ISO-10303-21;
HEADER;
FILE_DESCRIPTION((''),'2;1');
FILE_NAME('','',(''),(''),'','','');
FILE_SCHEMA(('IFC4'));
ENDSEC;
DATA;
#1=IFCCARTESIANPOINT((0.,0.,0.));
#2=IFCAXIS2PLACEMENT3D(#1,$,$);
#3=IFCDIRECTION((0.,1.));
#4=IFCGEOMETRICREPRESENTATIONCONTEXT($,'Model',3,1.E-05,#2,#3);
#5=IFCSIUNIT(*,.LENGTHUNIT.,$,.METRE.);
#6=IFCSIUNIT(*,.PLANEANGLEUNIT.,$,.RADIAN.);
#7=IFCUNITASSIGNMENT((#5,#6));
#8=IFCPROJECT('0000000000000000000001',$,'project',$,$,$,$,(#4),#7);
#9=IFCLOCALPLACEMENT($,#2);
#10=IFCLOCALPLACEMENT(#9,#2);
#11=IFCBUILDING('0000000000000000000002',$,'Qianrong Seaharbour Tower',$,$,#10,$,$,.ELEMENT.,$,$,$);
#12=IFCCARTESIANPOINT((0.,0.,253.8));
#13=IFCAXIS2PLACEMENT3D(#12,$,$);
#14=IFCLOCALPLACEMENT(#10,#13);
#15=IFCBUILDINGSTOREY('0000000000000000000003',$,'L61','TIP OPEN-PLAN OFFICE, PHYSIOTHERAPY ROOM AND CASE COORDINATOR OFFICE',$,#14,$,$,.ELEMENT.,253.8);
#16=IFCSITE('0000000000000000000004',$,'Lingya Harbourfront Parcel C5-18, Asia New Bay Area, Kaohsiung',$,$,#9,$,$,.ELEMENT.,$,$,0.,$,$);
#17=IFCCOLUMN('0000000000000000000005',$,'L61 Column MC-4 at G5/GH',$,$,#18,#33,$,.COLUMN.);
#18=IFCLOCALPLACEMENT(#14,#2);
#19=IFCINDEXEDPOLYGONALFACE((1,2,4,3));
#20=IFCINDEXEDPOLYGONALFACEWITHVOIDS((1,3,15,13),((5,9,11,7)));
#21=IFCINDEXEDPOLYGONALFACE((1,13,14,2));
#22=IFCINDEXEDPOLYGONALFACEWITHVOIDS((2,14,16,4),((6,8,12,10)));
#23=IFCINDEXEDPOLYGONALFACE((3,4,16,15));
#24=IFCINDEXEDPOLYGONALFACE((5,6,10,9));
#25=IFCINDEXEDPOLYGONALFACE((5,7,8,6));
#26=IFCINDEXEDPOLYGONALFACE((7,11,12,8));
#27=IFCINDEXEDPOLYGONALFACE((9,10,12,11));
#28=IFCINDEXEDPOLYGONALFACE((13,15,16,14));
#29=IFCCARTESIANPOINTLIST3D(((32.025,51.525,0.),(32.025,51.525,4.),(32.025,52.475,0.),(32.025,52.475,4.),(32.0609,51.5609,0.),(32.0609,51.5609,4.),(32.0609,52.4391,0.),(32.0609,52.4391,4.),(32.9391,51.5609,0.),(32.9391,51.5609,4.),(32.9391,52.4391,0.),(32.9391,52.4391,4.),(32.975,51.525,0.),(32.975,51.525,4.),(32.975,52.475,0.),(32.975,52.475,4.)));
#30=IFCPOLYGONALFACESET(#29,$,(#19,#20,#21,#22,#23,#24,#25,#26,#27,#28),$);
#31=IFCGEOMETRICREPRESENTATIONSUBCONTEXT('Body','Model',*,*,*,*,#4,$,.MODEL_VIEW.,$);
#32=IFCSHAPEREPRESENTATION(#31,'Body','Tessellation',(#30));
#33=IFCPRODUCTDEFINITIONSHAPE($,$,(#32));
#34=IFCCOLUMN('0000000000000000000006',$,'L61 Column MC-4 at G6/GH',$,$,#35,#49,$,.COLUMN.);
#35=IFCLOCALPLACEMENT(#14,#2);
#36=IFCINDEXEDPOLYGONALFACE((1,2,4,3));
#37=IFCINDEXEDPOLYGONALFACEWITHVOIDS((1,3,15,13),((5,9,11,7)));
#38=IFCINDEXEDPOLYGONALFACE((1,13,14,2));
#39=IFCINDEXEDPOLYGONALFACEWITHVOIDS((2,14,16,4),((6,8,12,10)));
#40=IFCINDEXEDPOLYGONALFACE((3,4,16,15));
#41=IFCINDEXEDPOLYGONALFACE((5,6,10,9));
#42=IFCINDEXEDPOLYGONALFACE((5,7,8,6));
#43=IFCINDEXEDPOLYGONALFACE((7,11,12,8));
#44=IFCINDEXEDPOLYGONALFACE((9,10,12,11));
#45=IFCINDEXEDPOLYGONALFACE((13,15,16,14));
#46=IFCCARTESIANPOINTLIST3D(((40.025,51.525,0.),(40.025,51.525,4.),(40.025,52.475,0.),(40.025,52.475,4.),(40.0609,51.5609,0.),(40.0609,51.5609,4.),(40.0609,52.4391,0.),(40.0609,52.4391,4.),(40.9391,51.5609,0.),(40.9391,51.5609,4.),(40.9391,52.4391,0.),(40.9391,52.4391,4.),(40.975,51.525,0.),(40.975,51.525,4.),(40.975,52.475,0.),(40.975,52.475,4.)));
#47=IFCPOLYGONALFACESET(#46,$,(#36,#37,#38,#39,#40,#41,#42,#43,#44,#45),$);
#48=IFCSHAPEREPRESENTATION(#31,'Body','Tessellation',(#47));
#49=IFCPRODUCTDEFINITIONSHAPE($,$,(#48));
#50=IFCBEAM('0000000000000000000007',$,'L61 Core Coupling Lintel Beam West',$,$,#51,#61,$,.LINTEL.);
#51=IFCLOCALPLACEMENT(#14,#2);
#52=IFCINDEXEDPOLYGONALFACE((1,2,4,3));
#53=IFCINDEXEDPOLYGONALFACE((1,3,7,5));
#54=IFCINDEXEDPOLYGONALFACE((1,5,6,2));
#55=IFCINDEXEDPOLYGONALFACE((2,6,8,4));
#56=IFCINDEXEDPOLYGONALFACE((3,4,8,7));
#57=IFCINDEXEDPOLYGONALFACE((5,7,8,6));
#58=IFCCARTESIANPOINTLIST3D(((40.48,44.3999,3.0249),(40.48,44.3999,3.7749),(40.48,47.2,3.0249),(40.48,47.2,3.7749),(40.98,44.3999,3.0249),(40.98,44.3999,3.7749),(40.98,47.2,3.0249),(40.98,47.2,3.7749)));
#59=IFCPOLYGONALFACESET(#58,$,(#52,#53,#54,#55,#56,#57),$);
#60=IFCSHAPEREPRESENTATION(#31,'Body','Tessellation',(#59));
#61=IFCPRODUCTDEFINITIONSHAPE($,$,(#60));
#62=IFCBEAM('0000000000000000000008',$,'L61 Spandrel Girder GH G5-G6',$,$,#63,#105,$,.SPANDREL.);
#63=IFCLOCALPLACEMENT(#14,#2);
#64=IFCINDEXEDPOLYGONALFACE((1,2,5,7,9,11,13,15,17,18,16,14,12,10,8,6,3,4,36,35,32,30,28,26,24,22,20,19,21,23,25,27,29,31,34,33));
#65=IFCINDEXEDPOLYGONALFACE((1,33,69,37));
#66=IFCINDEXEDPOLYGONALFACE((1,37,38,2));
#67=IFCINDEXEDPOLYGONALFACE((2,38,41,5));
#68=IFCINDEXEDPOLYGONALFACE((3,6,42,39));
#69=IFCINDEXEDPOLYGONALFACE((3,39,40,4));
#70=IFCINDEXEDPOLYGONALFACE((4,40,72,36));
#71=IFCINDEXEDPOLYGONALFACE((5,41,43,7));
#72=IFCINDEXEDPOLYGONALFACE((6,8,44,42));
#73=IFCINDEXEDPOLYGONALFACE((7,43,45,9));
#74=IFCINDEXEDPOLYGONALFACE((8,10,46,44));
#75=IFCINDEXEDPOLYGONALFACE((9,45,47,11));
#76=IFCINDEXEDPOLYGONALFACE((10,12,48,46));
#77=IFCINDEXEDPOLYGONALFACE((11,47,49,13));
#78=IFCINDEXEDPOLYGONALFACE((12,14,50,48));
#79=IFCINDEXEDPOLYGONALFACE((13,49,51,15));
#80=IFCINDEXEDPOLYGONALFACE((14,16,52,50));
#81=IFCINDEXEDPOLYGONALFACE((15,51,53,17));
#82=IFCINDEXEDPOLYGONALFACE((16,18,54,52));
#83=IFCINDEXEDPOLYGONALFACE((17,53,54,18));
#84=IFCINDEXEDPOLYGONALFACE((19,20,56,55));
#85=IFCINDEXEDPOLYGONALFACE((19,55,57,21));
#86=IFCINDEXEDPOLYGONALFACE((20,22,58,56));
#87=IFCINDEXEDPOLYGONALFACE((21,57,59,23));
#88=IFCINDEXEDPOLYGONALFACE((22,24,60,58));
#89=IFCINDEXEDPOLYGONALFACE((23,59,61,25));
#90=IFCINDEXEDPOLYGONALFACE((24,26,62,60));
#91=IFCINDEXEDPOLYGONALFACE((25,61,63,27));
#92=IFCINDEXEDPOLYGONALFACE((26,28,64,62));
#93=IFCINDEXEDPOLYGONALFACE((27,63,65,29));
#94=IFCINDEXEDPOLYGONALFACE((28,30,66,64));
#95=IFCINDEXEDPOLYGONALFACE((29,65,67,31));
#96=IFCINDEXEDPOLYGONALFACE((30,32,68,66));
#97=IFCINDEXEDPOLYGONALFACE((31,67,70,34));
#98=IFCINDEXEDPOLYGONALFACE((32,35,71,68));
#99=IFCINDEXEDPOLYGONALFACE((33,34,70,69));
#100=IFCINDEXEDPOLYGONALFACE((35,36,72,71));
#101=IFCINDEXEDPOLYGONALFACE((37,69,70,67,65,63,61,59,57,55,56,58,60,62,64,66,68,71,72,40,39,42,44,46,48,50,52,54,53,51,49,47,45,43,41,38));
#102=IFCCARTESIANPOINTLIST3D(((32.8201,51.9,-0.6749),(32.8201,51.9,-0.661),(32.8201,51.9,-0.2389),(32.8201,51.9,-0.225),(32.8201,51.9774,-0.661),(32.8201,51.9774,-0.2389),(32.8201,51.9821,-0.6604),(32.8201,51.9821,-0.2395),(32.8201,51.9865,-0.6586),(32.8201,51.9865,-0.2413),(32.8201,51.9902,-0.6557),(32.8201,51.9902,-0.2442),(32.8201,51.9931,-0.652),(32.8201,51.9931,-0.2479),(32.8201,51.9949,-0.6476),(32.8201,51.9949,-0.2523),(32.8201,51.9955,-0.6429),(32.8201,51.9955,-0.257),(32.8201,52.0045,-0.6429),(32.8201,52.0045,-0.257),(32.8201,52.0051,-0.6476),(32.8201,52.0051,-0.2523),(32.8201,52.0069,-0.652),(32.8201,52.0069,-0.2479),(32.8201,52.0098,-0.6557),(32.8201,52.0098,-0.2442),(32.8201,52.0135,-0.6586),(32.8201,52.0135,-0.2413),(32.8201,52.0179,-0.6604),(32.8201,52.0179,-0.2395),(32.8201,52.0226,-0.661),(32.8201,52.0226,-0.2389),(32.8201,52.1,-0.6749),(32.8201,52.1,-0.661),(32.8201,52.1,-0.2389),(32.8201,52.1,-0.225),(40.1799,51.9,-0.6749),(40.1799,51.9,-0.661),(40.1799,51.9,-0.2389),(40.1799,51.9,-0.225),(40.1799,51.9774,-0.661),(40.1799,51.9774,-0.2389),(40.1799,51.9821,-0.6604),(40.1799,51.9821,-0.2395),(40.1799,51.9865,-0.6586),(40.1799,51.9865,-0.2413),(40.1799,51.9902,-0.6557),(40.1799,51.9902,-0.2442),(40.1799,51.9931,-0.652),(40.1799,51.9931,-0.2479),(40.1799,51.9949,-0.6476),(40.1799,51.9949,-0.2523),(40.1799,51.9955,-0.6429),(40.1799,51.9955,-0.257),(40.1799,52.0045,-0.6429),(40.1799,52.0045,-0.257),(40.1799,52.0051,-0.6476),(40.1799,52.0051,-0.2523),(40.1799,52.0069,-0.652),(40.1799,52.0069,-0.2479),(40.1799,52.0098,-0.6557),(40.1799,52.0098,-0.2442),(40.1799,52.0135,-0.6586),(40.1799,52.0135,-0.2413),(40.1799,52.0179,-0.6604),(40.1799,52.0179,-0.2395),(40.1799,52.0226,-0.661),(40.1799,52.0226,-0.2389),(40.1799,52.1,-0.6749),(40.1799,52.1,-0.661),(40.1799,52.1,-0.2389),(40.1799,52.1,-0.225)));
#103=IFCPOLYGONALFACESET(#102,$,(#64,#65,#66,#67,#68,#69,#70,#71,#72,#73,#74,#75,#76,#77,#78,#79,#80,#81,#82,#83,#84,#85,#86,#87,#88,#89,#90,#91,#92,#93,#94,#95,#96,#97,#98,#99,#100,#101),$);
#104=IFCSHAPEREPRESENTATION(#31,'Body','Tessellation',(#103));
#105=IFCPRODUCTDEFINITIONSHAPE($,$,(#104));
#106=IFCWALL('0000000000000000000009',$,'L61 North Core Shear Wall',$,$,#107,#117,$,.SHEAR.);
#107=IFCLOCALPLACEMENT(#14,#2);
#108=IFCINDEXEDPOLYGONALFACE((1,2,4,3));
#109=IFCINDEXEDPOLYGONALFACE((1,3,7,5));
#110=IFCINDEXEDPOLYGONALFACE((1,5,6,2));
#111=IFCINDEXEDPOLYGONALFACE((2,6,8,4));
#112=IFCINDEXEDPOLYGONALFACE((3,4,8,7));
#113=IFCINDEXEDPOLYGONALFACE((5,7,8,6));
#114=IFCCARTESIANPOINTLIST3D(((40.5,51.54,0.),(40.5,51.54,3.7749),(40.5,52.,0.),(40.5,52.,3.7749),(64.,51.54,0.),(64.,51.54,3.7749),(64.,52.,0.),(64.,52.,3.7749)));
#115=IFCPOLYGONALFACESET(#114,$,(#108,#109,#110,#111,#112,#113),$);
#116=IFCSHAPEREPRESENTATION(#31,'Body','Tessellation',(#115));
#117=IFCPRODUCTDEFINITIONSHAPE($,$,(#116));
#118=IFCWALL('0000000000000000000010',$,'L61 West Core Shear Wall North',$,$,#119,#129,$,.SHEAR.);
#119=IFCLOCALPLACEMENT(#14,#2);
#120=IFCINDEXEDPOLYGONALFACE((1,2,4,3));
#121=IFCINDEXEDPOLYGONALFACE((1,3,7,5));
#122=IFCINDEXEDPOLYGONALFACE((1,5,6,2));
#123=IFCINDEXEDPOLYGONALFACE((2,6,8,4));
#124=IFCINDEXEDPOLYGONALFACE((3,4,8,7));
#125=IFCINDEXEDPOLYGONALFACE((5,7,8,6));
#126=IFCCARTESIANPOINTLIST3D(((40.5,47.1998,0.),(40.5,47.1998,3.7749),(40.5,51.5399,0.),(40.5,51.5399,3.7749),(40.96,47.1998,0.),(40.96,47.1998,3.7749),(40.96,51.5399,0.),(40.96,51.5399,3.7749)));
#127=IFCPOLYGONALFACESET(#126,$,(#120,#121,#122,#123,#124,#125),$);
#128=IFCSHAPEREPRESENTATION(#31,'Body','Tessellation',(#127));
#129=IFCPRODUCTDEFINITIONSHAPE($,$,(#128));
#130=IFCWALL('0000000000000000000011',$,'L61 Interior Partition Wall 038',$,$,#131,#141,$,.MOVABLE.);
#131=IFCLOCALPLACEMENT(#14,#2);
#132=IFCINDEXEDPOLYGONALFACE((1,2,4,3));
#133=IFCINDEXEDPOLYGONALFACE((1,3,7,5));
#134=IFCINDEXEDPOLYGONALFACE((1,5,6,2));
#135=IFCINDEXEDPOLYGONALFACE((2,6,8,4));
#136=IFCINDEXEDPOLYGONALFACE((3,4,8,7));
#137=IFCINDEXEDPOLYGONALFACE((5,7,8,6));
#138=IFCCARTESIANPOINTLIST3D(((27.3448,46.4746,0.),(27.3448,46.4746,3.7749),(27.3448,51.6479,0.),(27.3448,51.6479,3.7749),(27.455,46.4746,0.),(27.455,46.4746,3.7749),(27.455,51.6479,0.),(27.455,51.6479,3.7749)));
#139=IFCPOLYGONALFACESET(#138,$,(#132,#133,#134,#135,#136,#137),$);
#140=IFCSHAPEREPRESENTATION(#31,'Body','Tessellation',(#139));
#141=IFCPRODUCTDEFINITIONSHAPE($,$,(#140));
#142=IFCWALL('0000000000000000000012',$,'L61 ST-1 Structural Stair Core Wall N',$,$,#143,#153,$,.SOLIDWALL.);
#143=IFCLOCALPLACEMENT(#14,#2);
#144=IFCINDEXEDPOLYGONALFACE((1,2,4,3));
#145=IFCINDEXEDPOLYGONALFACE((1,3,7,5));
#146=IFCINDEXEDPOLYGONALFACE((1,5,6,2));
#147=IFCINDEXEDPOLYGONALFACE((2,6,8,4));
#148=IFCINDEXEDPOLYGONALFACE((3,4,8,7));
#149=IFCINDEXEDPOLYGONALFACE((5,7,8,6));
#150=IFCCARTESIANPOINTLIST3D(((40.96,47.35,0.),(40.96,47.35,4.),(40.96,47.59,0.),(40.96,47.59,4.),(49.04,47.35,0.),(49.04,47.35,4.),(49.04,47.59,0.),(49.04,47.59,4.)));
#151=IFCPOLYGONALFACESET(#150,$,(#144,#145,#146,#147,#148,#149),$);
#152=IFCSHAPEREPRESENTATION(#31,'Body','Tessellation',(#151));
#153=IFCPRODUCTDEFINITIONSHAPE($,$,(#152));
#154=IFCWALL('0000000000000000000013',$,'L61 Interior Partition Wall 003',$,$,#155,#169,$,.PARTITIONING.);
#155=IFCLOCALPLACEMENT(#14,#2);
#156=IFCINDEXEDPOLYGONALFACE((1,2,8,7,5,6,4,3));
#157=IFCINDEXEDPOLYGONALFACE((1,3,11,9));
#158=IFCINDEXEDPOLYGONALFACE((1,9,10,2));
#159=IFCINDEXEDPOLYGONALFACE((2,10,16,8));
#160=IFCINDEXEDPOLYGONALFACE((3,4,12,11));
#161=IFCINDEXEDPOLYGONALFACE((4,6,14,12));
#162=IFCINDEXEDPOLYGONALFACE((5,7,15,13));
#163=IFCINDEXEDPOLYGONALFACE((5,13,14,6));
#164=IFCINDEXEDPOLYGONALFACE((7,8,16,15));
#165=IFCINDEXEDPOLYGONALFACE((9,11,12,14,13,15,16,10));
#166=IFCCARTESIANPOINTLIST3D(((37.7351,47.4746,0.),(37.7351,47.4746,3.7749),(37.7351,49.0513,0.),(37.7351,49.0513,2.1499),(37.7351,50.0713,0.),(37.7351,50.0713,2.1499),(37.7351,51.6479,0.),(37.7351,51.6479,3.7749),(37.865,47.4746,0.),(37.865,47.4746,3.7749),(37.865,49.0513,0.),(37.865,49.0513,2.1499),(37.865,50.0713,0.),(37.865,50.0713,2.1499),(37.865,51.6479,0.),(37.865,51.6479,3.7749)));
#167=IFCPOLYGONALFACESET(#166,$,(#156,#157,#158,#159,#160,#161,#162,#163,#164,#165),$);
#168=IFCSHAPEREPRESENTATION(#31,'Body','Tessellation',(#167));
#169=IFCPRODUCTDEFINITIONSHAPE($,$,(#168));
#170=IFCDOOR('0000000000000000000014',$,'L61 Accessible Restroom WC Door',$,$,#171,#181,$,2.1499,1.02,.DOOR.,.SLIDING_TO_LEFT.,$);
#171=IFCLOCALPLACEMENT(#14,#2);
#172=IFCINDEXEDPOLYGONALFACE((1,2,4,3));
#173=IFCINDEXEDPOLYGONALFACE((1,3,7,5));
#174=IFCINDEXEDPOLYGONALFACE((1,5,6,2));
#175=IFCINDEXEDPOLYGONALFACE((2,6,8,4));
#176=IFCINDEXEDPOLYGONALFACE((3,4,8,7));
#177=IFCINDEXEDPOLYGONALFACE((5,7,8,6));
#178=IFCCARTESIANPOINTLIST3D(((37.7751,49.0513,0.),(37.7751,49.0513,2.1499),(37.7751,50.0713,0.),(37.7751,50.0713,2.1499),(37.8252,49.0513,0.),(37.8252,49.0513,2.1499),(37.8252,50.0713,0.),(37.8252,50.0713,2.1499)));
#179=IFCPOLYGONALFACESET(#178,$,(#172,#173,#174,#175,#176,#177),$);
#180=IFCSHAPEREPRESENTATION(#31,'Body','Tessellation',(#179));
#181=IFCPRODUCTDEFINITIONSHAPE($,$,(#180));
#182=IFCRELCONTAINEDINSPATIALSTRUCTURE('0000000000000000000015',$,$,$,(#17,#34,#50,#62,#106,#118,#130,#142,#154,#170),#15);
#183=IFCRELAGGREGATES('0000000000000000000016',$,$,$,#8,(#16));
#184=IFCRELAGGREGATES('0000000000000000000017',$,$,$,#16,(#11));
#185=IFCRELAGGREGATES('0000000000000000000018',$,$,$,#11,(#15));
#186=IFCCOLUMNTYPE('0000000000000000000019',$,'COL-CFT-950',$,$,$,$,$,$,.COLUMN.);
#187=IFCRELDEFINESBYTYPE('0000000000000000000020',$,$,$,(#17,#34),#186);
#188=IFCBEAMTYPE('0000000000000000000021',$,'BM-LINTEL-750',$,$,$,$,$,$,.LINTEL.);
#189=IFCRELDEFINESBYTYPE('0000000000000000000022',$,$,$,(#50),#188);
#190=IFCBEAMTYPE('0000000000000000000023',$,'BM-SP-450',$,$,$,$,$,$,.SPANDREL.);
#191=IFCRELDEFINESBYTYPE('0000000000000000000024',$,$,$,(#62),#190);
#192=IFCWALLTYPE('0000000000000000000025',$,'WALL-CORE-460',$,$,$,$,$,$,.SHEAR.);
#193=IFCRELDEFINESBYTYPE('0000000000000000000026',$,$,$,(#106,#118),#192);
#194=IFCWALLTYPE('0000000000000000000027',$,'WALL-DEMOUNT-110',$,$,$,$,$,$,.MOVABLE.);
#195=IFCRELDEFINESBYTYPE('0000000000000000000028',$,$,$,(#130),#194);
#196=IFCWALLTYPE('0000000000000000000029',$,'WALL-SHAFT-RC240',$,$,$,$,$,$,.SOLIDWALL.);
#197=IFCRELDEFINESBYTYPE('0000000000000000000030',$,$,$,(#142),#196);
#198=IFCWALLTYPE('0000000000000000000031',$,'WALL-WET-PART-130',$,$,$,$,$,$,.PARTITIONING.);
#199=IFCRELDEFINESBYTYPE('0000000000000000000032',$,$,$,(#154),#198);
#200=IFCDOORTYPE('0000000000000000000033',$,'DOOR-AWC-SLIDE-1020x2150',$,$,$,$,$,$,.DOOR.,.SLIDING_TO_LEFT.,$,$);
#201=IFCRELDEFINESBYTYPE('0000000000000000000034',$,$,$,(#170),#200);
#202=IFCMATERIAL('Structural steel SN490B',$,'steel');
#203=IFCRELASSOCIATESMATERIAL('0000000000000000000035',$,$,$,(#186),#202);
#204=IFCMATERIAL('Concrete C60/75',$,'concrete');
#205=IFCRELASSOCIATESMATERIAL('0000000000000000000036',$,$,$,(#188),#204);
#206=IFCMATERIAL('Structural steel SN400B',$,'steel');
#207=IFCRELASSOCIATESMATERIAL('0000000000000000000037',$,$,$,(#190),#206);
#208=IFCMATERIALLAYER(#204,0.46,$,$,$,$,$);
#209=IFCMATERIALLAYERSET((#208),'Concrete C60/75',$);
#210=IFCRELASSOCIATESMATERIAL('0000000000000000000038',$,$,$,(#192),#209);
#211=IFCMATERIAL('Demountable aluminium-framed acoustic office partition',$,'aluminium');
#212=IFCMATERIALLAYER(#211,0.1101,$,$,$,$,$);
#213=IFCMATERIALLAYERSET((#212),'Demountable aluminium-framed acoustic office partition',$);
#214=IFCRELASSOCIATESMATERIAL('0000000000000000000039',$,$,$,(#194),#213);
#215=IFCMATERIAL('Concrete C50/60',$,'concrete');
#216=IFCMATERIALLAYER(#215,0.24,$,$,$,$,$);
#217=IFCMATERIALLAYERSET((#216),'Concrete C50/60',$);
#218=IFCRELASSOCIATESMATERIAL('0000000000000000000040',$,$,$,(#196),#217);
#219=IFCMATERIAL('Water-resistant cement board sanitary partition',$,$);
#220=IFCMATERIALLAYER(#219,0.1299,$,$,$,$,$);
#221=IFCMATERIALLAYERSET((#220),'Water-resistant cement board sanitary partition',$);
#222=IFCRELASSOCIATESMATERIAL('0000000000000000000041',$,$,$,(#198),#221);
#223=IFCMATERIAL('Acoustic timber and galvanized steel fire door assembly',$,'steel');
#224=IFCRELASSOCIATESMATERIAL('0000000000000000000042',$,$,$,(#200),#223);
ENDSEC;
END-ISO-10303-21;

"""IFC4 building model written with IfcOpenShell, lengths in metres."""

from ifc_helpers import new_model, si_unit, direction, frame, frame_2d, origin, origin_2d, place, context, subcontext, project, spatial, rectangle, hollow_rectangle, i_section, extrude, material, layer, layer_set, material_profile, profile_set, type_object, element, fill, save


model = new_model("IFC4")

# Units and contexts
model_context = context("Model", 3, precision=1e-05, world=origin(), true_north=direction((0.0, 1.0)))
body_context = subcontext(model_context, "Body", "Model", "MODEL_VIEW")
ifc_project = project(units=[si_unit("LENGTHUNIT", "METRE"), si_unit("PLANEANGLEUNIT", "RADIAN")], contexts=[model_context])

# Site, building, storey
site_placement = place(None, origin())
site = spatial("IfcSite", under=ifc_project, at=site_placement, Name="Lingya Harbourfront Parcel C5-18, Asia New Bay Area, Kaohsiung", CompositionType="ELEMENT", RefElevation=0.0)
building_placement = place(site_placement, origin())
building = spatial("IfcBuilding", under=site, at=building_placement, Name="Qianrong Seaharbour Tower", CompositionType="ELEMENT")
storey_placement = place(building_placement, frame((0.0, 0.0, 253.8)))
storey = spatial("IfcBuildingStorey", under=building, at=storey_placement, Name="L61", Description="TIP OPEN-PLAN OFFICE, PHYSIOTHERAPY ROOM AND CASE COORDINATOR OFFICE", CompositionType="ELEMENT", Elevation=253.8)

# Columns
ifc_material_1 = material(Name="Structural steel SN490B", Category="steel")
ifc_material_profile_1 = material_profile(ifc_material_1, hollow_rectangle(XDim=0.95, YDim=0.95, WallThickness=0.0359, at=origin_2d()), Name="BOX950x950x36")
ifc_profile_set_1 = profile_set([ifc_material_profile_1], Name="Structural steel SN490B")
column_type = type_object("IfcColumnType", Name="COL-CFT-950", PredefinedType="COLUMN", material=ifc_profile_set_1)
for number, where, z_axis, x_axis, name in (
    (1, (32.5, 52.0, 0.0), (0.0, 0.0, 1.0), (1.0, 0.0, 0.0), "L61 Column MC-4 at G5/GH"),
    (2, (40.5, 52.0, 0.0), (0.0, 0.0, 1.0), (1.0, 0.0, 0.0), "L61 Column MC-4 at G6/GH"),
):
    element("IfcColumn", number, at=place(storey_placement, frame(where, z_axis=z_axis, x_axis=x_axis)), inside=storey, type_object=column_type, Name=name, PredefinedType="COLUMN", context=body_context, shape_type="SweptSolid", body=[
        extrude(hollow_rectangle(XDim=0.95, YDim=0.95, WallThickness=0.0359, at=origin_2d()), origin(), (0.0, 0.0, 1.0), 4.0),
    ])

# Beams
ifc_material_2 = material(Name="Concrete C60/75", Category="concrete")
ifc_material_profile_2 = material_profile(ifc_material_2, rectangle(XDim=0.5, YDim=0.75, at=origin_2d()), Name="RC500x750")
ifc_profile_set_2 = profile_set([ifc_material_profile_2], Name="Concrete C60/75")
beam_type_1 = type_object("IfcBeamType", Name="BM-LINTEL-750", PredefinedType="LINTEL", material=ifc_profile_set_2)
beam_1_placement = place(storey_placement, frame((40.73, 44.3999, 3.3999), z_axis=(0.0, 1.0, 0.0), x_axis=(-1.0, 0.0, 0.0)))
element("IfcBeam", 3, at=beam_1_placement, inside=storey, type_object=beam_type_1, Name="L61 Core Coupling Lintel Beam West", PredefinedType="LINTEL", context=body_context, shape_type="SweptSolid", body=[
    extrude(rectangle(XDim=0.5, YDim=0.75, at=origin_2d()), origin(), (0.0, 0.0, 1.0), 2.8),
])
ifc_material_3 = material(Name="Structural steel SN400B", Category="steel")
ifc_material_profile_3 = material_profile(ifc_material_3, i_section(OverallWidth=0.2, OverallDepth=0.45, WebThickness=0.009, FlangeThickness=0.0139, FilletRadius=0.0181, at=origin_2d()), Name="H450x200x9x14")
ifc_profile_set_3 = profile_set([ifc_material_profile_3], Name="Structural steel SN400B")
beam_type_2 = type_object("IfcBeamType", Name="BM-SP-450", PredefinedType="SPANDREL", material=ifc_profile_set_3)
beam_2_placement = place(storey_placement, frame((32.8201, 52.0, -0.45), z_axis=(1.0, 0.0, 0.0), x_axis=(0.0, 1.0, 0.0)))
element("IfcBeam", 4, at=beam_2_placement, inside=storey, type_object=beam_type_2, Name="L61 Spandrel Girder GH G5-G6", PredefinedType="SPANDREL", context=body_context, shape_type="SweptSolid", body=[
    extrude(i_section(OverallWidth=0.2, OverallDepth=0.45, WebThickness=0.009, FlangeThickness=0.0139, FilletRadius=0.0181, at=origin_2d()), origin(), (0.0, 0.0, 1.0), 7.3599),
])

# Walls
ifc_layer_1 = layer(ifc_material_2, 0.46)
ifc_layer_set_1 = layer_set([ifc_layer_1], Name="Concrete C60/75")
wall_type_1 = type_object("IfcWallType", Name="WALL-CORE-460", PredefinedType="SHEAR", material=ifc_layer_set_1)
wall_1_placement = place(storey_placement, frame((40.5, 51.77, 0.0), z_axis=(0.0, 0.0, 1.0), x_axis=(1.0, 0.0, 0.0)))
element("IfcWall", 5, at=wall_1_placement, inside=storey, type_object=wall_type_1, Name="L61 North Core Shear Wall", PredefinedType="SHEAR", context=body_context, shape_type="SweptSolid", body=[
    extrude(rectangle(XDim=23.5, YDim=0.46, at=frame_2d((11.75, 0.0))), origin(), (0.0, 0.0, 1.0), 3.7749),
])
wall_2_placement = place(storey_placement, frame((40.73, 47.2, 0.0), z_axis=(0.0, 0.0, 1.0), x_axis=(0.0, 1.0, 0.0)))
element("IfcWall", 6, at=wall_2_placement, inside=storey, type_object=wall_type_1, Name="L61 West Core Shear Wall North", PredefinedType="SHEAR", context=body_context, shape_type="SweptSolid", body=[
    extrude(rectangle(XDim=4.3401, YDim=0.46, at=frame_2d((2.1699, 0.0))), origin(), (0.0, 0.0, 1.0), 3.7749),
])

# Shared definitions
ifc_material_4 = material(Name="Acoustic timber and galvanized steel fire door assembly", Category="steel")

# Walls
ifc_material_5 = material(Name="Demountable aluminium-framed acoustic office partition", Category="aluminium")
ifc_layer_2 = layer(ifc_material_5, 0.1101)
ifc_layer_set_2 = layer_set([ifc_layer_2], Name="Demountable aluminium-framed acoustic office partition")
wall_type_2 = type_object("IfcWallType", Name="WALL-DEMOUNT-110", PredefinedType="MOVABLE", material=ifc_layer_set_2)
wall_3_placement = place(storey_placement, frame((27.3999, 51.6479, 0.0), z_axis=(0.0, 0.0, 1.0), x_axis=(0.0, -1.0, 0.0)))
element("IfcWall", 7, at=wall_3_placement, inside=storey, type_object=wall_type_2, Name="L61 Interior Partition Wall 038", PredefinedType="MOVABLE", context=body_context, shape_type="SweptSolid", body=[
    extrude(rectangle(XDim=5.1733, YDim=0.1101, at=frame_2d((2.5867, 0.0))), origin(), (0.0, 0.0, 1.0), 3.7749),
])
ifc_material_6 = material(Name="Concrete C50/60", Category="concrete")
ifc_layer_3 = layer(ifc_material_6, 0.24)
ifc_layer_set_3 = layer_set([ifc_layer_3], Name="Concrete C50/60")
wall_type_3 = type_object("IfcWallType", Name="WALL-SHAFT-RC240", PredefinedType="SOLIDWALL", material=ifc_layer_set_3)
wall_4_placement = place(storey_placement, frame((40.96, 47.47, 0.0), z_axis=(0.0, 0.0, 1.0), x_axis=(1.0, 0.0, 0.0)))
element("IfcWall", 8, at=wall_4_placement, inside=storey, type_object=wall_type_3, Name="L61 ST-1 Structural Stair Core Wall N", PredefinedType="SOLIDWALL", context=body_context, shape_type="SweptSolid", body=[
    extrude(rectangle(XDim=8.0801, YDim=0.24, at=frame_2d((4.04, 0.0))), origin(), (0.0, 0.0, 1.0), 4.0),
])

# Wall, opening, door
ifc_material_7 = material(Name="Water-resistant cement board sanitary partition")
ifc_layer_4 = layer(ifc_material_7, 0.1299)
ifc_layer_set_4 = layer_set([ifc_layer_4], Name="Water-resistant cement board sanitary partition")
wall_type_4 = type_object("IfcWallType", Name="WALL-WET-PART-130", PredefinedType="PARTITIONING", material=ifc_layer_set_4)
wall_5_placement = place(storey_placement, frame((37.8, 47.4746, 0.0), z_axis=(0.0, 0.0, 1.0), x_axis=(0.0, 1.0, 0.0)))
wall_5 = element("IfcWall", 9, at=wall_5_placement, inside=storey, type_object=wall_type_4, Name="L61 Interior Partition Wall 003", PredefinedType="PARTITIONING", context=body_context, shape_type="SweptSolid", body=[
    extrude(rectangle(XDim=4.1733, YDim=0.1299, at=frame_2d((2.0867, 0.0))), origin(), (0.0, 0.0, 1.0), 3.7749),
])
opening_1_placement = place(wall_5_placement, frame((1.5767, 0.0, 0.0)))
opening_1 = element("IfcOpeningElement", 10, at=opening_1_placement, cuts=wall_5, PredefinedType="OPENING", context=body_context, shape_type="SweptSolid", body=[
    extrude(rectangle(XDim=1.02, YDim=2.1499, at=frame_2d((0.51, 1.075))), frame((0.0, 0.075, 0.0), z_axis=(0.0, -1.0, 0.0), x_axis=(1.0, 0.0, 0.0)), (0.0, 0.0, 1.0), 0.1499),
])
door_type_1 = type_object("IfcDoorType", Name="DOOR-AWC-SLIDE-1020x2150", OperationType="SLIDING_TO_LEFT", PredefinedType="DOOR", material=ifc_material_4)
door_1_placement = place(opening_1_placement, origin())
door_1 = element("IfcDoor", 11, at=door_1_placement, inside=storey, type_object=door_type_1, Name="L61 Accessible Restroom WC Door", OperationType="SLIDING_TO_LEFT", OverallHeight=2.1499, OverallWidth=1.02, PredefinedType="DOOR", context=body_context, shape_type="SweptSolid", body=[
    extrude(rectangle(XDim=1.02, YDim=2.1499, at=frame_2d((0.51, 1.075))), frame((0.0, 0.0249, 0.0), z_axis=(0.0, -1.0, 0.0), x_axis=(1.0, 0.0, 0.0)), (0.0, 0.0, 1.0), 0.05),
])
fill(opening_1, door_1)

save(model, "model.ifc")
